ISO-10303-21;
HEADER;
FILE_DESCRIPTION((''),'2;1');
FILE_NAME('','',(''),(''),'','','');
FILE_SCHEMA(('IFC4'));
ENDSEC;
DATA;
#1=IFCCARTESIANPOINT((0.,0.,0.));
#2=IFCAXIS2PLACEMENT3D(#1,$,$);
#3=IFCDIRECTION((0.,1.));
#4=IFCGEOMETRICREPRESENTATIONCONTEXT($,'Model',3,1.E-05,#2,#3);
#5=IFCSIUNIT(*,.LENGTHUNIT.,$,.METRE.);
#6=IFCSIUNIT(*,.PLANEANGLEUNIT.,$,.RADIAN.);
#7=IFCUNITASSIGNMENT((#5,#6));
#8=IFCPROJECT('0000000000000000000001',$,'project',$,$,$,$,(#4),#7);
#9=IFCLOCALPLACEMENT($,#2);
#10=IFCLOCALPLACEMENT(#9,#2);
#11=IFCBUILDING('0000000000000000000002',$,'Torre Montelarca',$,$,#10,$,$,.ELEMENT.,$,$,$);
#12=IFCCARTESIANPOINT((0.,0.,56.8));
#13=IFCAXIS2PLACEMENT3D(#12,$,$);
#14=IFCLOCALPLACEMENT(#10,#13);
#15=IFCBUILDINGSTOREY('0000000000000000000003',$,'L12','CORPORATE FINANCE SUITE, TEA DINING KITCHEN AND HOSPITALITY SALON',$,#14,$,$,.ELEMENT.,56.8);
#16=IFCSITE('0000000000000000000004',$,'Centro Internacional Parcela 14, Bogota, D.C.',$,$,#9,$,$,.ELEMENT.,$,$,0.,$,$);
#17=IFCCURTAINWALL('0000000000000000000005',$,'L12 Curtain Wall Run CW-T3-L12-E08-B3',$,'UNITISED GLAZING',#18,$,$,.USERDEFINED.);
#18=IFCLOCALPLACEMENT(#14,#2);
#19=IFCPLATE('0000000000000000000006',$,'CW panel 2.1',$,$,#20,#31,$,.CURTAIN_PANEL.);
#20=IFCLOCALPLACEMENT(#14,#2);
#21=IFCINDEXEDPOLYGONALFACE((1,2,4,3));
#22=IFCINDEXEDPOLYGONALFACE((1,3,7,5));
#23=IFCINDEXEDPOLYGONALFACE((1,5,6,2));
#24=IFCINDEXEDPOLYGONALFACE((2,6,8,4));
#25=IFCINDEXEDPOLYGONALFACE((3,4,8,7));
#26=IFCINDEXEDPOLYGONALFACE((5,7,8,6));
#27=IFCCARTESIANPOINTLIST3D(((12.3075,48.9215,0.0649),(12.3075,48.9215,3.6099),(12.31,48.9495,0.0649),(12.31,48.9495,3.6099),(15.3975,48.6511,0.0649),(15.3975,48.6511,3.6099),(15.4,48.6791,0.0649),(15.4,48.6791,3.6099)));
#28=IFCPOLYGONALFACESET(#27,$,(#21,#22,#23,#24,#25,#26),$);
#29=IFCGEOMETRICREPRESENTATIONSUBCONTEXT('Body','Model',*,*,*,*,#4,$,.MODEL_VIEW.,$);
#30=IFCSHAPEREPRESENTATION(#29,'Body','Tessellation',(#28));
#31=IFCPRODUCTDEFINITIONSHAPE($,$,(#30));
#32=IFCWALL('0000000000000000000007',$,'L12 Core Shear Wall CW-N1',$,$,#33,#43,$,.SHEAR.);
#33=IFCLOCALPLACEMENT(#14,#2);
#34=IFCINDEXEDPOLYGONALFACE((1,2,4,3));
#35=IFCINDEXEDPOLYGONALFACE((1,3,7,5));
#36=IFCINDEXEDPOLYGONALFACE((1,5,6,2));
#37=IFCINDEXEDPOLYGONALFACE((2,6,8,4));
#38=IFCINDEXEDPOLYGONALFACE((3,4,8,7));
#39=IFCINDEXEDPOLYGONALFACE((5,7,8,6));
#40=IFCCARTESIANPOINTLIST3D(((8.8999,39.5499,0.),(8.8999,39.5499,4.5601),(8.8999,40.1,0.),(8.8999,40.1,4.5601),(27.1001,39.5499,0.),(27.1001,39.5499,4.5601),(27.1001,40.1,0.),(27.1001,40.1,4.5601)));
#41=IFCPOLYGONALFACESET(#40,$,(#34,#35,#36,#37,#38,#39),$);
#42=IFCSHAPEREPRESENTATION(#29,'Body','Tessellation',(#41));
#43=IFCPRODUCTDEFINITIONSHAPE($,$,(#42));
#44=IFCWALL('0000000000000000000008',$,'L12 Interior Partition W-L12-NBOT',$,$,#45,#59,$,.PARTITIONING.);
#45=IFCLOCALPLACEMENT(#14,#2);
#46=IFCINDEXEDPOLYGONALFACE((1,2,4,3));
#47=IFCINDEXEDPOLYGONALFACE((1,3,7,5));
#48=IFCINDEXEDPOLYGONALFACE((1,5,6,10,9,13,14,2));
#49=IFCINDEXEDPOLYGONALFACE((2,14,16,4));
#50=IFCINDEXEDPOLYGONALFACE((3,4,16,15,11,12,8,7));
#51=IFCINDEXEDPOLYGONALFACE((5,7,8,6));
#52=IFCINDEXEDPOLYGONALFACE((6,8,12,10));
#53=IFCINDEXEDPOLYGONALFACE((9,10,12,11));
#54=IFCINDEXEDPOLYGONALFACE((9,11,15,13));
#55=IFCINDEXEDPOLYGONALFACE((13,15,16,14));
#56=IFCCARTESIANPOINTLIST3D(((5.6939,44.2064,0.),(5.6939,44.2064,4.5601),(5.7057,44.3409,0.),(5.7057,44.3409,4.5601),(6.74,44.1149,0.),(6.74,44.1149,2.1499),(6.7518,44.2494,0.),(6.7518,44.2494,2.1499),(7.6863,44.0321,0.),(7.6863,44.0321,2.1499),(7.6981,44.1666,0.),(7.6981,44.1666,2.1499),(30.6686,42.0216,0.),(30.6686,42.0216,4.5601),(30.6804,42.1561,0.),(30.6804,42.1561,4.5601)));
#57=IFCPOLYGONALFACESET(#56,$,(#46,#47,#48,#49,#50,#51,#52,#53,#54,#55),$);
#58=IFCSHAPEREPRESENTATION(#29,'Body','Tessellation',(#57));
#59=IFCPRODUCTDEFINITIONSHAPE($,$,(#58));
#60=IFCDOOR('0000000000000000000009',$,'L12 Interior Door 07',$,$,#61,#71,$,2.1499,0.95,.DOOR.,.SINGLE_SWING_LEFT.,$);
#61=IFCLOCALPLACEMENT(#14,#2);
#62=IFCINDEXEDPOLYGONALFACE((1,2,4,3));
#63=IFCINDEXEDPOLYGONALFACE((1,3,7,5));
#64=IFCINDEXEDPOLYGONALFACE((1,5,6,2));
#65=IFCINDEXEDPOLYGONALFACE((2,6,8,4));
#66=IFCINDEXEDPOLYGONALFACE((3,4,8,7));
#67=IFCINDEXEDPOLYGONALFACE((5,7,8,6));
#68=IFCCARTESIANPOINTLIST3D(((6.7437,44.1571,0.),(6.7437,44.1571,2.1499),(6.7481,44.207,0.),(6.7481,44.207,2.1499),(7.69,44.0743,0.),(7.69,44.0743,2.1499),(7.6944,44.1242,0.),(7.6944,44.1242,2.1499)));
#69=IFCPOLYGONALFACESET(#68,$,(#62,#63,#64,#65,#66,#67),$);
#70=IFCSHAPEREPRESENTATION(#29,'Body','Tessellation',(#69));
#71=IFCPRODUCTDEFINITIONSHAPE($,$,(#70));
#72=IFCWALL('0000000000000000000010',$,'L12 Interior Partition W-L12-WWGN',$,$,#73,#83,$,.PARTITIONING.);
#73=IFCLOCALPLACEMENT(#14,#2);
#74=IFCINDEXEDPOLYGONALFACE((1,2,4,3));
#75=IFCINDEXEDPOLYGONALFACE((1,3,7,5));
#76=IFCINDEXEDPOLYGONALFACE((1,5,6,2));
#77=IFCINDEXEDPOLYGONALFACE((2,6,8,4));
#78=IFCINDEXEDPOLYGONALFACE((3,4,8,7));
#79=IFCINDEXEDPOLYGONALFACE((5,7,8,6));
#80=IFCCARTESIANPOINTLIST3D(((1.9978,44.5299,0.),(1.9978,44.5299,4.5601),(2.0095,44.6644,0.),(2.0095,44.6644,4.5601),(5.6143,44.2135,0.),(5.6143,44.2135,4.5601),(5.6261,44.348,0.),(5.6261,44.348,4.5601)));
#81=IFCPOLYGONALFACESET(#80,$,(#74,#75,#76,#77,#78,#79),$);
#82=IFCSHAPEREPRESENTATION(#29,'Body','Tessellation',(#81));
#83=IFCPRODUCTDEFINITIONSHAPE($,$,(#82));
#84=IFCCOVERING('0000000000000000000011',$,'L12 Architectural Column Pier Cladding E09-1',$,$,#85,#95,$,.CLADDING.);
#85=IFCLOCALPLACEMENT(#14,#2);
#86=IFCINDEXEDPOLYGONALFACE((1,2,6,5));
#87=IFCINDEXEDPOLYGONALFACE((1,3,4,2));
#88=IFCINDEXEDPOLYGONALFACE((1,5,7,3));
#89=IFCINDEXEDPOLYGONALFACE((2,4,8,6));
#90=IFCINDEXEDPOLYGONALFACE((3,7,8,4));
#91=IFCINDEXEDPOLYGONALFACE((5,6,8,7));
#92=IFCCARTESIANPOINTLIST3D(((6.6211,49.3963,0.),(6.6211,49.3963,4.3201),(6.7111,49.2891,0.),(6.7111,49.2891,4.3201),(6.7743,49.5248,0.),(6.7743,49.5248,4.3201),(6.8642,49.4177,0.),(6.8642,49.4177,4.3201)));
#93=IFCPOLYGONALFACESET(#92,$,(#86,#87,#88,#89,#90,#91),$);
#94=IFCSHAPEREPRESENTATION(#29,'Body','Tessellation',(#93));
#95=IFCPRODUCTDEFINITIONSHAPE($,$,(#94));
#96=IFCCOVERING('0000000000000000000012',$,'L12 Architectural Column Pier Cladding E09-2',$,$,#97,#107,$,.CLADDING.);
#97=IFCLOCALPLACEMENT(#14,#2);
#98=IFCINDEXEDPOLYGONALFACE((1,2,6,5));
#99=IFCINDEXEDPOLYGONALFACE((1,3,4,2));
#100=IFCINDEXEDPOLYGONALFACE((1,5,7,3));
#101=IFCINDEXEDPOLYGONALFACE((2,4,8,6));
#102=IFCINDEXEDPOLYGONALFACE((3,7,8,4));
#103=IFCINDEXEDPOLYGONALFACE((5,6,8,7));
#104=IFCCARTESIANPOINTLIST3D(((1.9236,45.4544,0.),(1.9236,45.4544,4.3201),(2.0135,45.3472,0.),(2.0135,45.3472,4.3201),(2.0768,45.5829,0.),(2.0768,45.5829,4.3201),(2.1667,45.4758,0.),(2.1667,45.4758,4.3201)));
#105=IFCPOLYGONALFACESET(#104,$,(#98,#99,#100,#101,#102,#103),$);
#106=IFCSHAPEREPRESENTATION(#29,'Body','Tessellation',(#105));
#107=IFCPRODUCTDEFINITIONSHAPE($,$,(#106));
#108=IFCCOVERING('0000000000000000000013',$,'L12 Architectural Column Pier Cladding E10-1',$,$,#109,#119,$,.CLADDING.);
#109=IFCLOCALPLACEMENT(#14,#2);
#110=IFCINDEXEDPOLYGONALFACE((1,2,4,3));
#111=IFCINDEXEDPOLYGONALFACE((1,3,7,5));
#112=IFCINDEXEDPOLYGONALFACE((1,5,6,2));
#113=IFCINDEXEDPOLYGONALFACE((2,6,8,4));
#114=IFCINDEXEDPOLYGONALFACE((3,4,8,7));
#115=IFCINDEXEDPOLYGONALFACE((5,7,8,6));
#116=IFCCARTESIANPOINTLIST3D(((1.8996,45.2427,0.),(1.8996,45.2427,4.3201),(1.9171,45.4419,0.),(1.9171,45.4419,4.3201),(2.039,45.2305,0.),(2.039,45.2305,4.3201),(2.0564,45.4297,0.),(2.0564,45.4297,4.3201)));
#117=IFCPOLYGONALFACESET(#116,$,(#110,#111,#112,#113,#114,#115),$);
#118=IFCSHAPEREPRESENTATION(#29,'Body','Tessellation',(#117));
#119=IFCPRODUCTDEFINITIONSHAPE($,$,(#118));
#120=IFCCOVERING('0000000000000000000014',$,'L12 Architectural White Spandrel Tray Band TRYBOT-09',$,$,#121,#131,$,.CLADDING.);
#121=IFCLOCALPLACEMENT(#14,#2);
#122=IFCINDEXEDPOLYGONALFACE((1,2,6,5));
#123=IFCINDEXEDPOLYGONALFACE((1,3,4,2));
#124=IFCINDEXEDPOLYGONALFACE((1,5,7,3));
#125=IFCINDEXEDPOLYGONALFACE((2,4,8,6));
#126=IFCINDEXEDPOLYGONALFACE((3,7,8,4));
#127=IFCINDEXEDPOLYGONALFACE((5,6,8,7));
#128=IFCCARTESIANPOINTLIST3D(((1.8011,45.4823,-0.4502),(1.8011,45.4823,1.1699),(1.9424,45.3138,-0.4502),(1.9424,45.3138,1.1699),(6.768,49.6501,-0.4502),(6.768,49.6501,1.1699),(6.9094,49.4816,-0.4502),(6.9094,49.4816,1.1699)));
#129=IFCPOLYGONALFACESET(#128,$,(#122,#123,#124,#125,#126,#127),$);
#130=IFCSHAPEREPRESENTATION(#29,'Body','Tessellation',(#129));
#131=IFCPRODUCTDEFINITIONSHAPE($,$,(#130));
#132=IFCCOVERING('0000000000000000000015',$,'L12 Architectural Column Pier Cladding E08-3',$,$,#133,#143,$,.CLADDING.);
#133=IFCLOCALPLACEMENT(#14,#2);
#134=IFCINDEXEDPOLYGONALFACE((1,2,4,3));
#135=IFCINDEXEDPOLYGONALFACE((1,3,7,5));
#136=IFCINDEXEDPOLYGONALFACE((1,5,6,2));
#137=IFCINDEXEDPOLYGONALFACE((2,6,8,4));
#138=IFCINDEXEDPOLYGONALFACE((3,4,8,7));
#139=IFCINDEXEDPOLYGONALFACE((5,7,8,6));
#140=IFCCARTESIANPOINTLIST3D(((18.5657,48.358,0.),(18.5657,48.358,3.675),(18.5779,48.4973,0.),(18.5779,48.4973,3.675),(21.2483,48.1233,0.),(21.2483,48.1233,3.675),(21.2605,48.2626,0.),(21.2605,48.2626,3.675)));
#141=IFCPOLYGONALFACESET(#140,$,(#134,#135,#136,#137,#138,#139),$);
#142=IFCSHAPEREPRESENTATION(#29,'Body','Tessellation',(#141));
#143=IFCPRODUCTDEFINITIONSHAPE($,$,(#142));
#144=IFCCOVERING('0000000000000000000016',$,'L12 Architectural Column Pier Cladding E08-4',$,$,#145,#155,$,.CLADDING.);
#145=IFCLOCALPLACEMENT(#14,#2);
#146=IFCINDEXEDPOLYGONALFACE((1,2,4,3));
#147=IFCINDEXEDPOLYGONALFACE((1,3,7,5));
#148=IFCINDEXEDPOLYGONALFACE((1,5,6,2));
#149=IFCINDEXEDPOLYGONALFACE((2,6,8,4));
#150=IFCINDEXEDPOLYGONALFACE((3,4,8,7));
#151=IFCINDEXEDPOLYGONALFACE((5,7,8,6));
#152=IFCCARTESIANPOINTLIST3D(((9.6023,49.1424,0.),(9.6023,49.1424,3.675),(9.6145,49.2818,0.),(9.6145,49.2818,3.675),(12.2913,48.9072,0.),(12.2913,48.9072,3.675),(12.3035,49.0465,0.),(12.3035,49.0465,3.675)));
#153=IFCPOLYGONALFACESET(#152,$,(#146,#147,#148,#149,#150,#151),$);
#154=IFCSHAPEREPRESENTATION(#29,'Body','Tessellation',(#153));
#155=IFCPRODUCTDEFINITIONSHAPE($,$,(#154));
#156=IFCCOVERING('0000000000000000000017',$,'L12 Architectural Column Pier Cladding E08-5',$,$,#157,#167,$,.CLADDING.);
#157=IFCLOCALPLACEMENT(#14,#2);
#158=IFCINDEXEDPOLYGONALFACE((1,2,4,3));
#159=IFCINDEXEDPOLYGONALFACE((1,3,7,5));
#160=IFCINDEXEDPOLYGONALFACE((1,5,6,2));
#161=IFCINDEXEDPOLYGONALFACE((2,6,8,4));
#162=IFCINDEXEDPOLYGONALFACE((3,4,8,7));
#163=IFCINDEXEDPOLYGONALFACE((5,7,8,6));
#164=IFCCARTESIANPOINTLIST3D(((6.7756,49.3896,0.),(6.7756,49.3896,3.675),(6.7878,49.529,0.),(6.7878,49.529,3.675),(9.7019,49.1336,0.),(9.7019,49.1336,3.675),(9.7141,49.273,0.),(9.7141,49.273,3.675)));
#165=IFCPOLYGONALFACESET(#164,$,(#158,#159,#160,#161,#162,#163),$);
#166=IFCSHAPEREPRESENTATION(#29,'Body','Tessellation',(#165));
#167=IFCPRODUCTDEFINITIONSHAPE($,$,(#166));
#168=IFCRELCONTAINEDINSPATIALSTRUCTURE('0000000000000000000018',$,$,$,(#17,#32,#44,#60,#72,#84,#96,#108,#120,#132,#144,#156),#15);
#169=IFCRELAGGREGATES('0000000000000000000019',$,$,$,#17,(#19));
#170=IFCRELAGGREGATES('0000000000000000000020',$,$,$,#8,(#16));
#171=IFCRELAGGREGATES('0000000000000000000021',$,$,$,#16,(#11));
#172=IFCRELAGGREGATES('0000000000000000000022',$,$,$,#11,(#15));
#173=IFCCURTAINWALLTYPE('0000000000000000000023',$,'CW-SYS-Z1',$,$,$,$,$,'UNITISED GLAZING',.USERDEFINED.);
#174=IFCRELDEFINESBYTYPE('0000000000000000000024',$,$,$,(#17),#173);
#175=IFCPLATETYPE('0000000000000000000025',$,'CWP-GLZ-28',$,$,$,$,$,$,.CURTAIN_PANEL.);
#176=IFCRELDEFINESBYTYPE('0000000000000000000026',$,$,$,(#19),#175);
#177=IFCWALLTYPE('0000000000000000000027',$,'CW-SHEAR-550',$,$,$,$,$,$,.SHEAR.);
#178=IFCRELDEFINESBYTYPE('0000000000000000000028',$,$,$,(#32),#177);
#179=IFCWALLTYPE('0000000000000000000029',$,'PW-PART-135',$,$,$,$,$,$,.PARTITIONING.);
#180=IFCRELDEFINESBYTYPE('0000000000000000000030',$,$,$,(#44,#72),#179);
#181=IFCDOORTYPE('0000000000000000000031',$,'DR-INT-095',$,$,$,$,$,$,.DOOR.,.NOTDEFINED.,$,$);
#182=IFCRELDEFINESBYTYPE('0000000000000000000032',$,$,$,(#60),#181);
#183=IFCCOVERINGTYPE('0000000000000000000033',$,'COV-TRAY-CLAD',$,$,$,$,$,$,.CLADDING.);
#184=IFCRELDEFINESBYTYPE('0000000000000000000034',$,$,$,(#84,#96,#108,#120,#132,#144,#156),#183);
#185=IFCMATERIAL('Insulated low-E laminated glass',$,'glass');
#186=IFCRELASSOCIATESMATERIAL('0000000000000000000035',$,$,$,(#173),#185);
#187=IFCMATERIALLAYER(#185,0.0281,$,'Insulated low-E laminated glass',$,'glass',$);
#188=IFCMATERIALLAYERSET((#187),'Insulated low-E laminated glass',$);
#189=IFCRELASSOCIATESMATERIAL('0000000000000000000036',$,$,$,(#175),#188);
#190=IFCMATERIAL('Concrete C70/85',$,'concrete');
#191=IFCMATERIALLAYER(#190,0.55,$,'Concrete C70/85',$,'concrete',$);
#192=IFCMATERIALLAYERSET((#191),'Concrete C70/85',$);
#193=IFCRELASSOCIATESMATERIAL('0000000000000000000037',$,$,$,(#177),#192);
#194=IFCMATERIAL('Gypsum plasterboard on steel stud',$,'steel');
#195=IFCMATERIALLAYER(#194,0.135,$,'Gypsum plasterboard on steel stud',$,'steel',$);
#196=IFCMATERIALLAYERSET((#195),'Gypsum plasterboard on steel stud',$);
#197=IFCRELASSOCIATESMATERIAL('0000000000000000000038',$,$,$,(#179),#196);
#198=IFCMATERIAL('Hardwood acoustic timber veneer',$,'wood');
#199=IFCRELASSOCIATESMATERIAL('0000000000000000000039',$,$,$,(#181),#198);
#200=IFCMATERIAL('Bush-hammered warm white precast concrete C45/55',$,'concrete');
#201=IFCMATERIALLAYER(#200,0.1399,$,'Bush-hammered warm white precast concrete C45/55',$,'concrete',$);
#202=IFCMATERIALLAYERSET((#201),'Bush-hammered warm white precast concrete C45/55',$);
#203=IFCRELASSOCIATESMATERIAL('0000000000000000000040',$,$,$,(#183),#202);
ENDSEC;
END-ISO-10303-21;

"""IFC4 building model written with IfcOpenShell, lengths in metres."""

from ifc_helpers import new_model, si_unit, direction, frame, frame_2d, origin, origin_2d, place, context, subcontext, project, spatial, rectangle, extrude, source, transform, mapped, material, layer, layer_set, type_object, element, fill, aggregate, save


model = new_model("IFC4")

# Units and contexts
model_context = context("Model", 3, precision=1e-05, world=origin(), true_north=direction((0.0, 1.0)))
body_context = subcontext(model_context, "Body", "Model", "MODEL_VIEW")
ifc_project = project(units=[si_unit("LENGTHUNIT", "METRE"), si_unit("PLANEANGLEUNIT", "RADIAN")], contexts=[model_context])

# Site, building, storey
site_placement = place(None, origin())
site = spatial("IfcSite", under=ifc_project, at=site_placement, Name="Centro Internacional Parcela 14, Bogota, D.C.", CompositionType="ELEMENT", RefElevation=0.0)
building_placement = place(site_placement, origin())
building = spatial("IfcBuilding", under=site, at=building_placement, Name="Torre Montelarca", CompositionType="ELEMENT")
storey_placement = place(building_placement, frame((0.0, 0.0, 56.8)))
storey = spatial("IfcBuildingStorey", under=building, at=storey_placement, Name="L12", Description="CORPORATE FINANCE SUITE, TEA DINING KITCHEN AND HOSPITALITY SALON", CompositionType="ELEMENT", Elevation=56.8)

# Shared definitions
ifc_material_1 = material(Name="Concrete C70/85", Category="concrete")

# Shared definitions
ifc_material_2 = material(Name="Insulated low-E laminated glass", Category="glass")
curtain_wall_type = type_object("IfcCurtainWallType", Name="CW-SYS-Z1", ElementType="UNITISED GLAZING", PredefinedType="USERDEFINED", material=ifc_material_2)

# Curtain wall
curtain_wall_1_placement = place(storey_placement, origin())
curtain_wall_1 = element("IfcCurtainWall", 1, at=curtain_wall_1_placement, inside=storey, type_object=curtain_wall_type, Name="L12 Curtain Wall Run CW-T3-L12-E08-B3", ObjectType="UNITISED GLAZING", PredefinedType="USERDEFINED")

# Plate
ifc_layer_1 = layer(ifc_material_2, 0.0281, Name="Insulated low-E laminated glass", Category="glass")
ifc_layer_set_1 = layer_set([ifc_layer_1], Name="Insulated low-E laminated glass")
plate_type = type_object("IfcPlateType", Name="CWP-GLZ-28", PredefinedType="CURTAIN_PANEL", material=ifc_layer_set_1)
shared_shape_1 = source(origin(), body_context, "Body", "SweptSolid", [
    extrude(rectangle(XDim=3.1018, YDim=0.0281, at=origin_2d()), origin(), (0.0, 0.0, 1.0), 3.5449),
])
plate_1_placement = place(storey_placement, frame((13.8538, 48.8003, 0.0649), z_axis=(0.0, 0.0, 1.0), x_axis=(-0.996194, 0.08716, 0.0)))
plate_1 = element("IfcPlate", 2, at=plate_1_placement, type_object=plate_type, Name="CW panel 2.1", PredefinedType="CURTAIN_PANEL", context=body_context, shape_type="MappedRepresentation", body=[
    mapped(shared_shape_1, transform((0.0, 0.0, 0.0), scale=1.0)),
])
aggregate(curtain_wall_1, [plate_1])

# Wall
ifc_layer_2 = layer(ifc_material_1, 0.55, Name="Concrete C70/85", Category="concrete")
ifc_layer_set_2 = layer_set([ifc_layer_2], Name="Concrete C70/85")
wall_type_1 = type_object("IfcWallType", Name="CW-SHEAR-550", PredefinedType="SHEAR", material=ifc_layer_set_2)
wall_1_placement = place(storey_placement, frame((8.8999, 39.825, 0.0), z_axis=(0.0, 0.0, 1.0), x_axis=(1.0, 0.0, 0.0)))
element("IfcWall", 3, at=wall_1_placement, inside=storey, type_object=wall_type_1, Name="L12 Core Shear Wall CW-N1", PredefinedType="SHEAR", context=body_context, shape_type="SweptSolid", body=[
    extrude(rectangle(XDim=18.2002, YDim=0.55, at=frame_2d((9.1001, 0.0))), origin(), (0.0, 0.0, 1.0), 4.5601),
])

# Wall, opening, door
ifc_material_3 = material(Name="Gypsum plasterboard on steel stud", Category="steel")
ifc_layer_3 = layer(ifc_material_3, 0.135, Name="Gypsum plasterboard on steel stud", Category="steel")
ifc_layer_set_3 = layer_set([ifc_layer_3], Name="Gypsum plasterboard on steel stud")
wall_type_2 = type_object("IfcWallType", Name="PW-PART-135", PredefinedType="PARTITIONING", material=ifc_layer_set_3)
wall_2_placement = place(storey_placement, frame((5.6997, 44.2737, 0.0), z_axis=(0.0, 0.0, 1.0), x_axis=(0.996195, -0.087149, 0.0)))
wall_2 = element("IfcWall", 4, at=wall_2_placement, inside=storey, type_object=wall_type_2, Name="L12 Interior Partition W-L12-NBOT", PredefinedType="PARTITIONING", context=body_context, shape_type="SweptSolid", body=[
    extrude(rectangle(XDim=25.0701, YDim=0.135, at=frame_2d((12.5352, 0.0))), origin(), (0.0, 0.0, 1.0), 4.5601),
])
opening_placement = place(wall_2_placement, frame((1.05, 0.0, 0.0)))
opening = element("IfcOpeningElement", 5, at=opening_placement, cuts=wall_2, PredefinedType="OPENING", context=body_context, shape_type="SweptSolid", body=[
    extrude(rectangle(XDim=0.95, YDim=2.1499, at=frame_2d((0.4751, 1.075))), frame((0.0, 0.0776, 0.0), z_axis=(0.0, -1.0, 0.0), x_axis=(1.0, 0.0, 0.0)), (0.0, 0.0, 1.0), 0.155),
])
ifc_material_4 = material(Name="Hardwood acoustic timber veneer", Category="wood")
door_type = type_object("IfcDoorType", Name="DR-INT-095", OperationType="NOTDEFINED", PredefinedType="DOOR", material=ifc_material_4)
shared_shape_2 = source(origin(), body_context, "Body", "SweptSolid", [
    extrude(rectangle(XDim=0.95, YDim=2.1499, at=frame_2d((0.4751, 1.075))), frame((0.0, 0.0249, 0.0), z_axis=(0.0, -1.0, 0.0), x_axis=(1.0, 0.0, 0.0)), (0.0, 0.0, 1.0), 0.05),
])
door_placement = place(opening_placement, origin())
door = element("IfcDoor", 6, at=door_placement, inside=storey, type_object=door_type, Name="L12 Interior Door 07", OperationType="SINGLE_SWING_LEFT", OverallHeight=2.1499, OverallWidth=0.95, PredefinedType="DOOR", context=body_context, shape_type="MappedRepresentation", body=[
    mapped(shared_shape_2, transform((0.0, 0.0, 0.0), scale=1.0)),
])
fill(opening, door)

# Wall
wall_3_placement = place(storey_placement, frame((2.0037, 44.5972, 0.0), z_axis=(0.0, 0.0, 1.0), x_axis=(0.996195, -0.087158, 0.0)))
element("IfcWall", 7, at=wall_3_placement, inside=storey, type_object=wall_type_2, Name="L12 Interior Partition W-L12-WWGN", PredefinedType="PARTITIONING", context=body_context, shape_type="SweptSolid", body=[
    extrude(rectangle(XDim=3.6304, YDim=0.135, at=frame_2d((1.8152, 0.0))), origin(), (0.0, 0.0, 1.0), 4.5601),
])

# Coverings
ifc_material_5 = material(Name="Bush-hammered warm white precast concrete C45/55", Category="concrete")
ifc_layer_4 = layer(ifc_material_5, 0.1399, Name="Bush-hammered warm white precast concrete C45/55", Category="concrete")
ifc_layer_set_4 = layer_set([ifc_layer_4], Name="Bush-hammered warm white precast concrete C45/55")
covering_type = type_object("IfcCoveringType", Name="COV-TRAY-CLAD", PredefinedType="CLADDING", material=ifc_layer_set_4)
shared_shape_3 = source(origin(), body_context, "Body", "SweptSolid", [
    extrude(rectangle(XDim=0.2, YDim=0.1399, at=origin_2d()), origin(), (0.0, 0.0, 1.0), 4.3201),
])
for number, where, z_axis, x_axis, name in (
    (8, (6.7427, 49.407, 0.0), (0.0, 0.0, 1.0), (-0.766039, -0.642794, 0.0), "L12 Architectural Column Pier Cladding E09-1"),
    (9, (2.0452, 45.4651, 0.0), (0.0, 0.0, 1.0), (-0.766039, -0.642794, 0.0), "L12 Architectural Column Pier Cladding E09-2"),
    (10, (1.978, 45.3362, 0.0), (0.0, 0.0, 1.0), (-0.087161, -0.996194, 0.0), "L12 Architectural Column Pier Cladding E10-1"),
):
    element("IfcCovering", number, at=place(storey_placement, frame(where, z_axis=z_axis, x_axis=x_axis)), inside=storey, type_object=covering_type, Name=name, PredefinedType="CLADDING", context=body_context, shape_type="MappedRepresentation", body=[
        mapped(shared_shape_3, transform((0.0, 0.0, 0.0), scale=1.0)),
    ])
shared_shape_4 = source(origin(), body_context, "Body", "SweptSolid", [
    extrude(rectangle(XDim=6.4839, YDim=0.22, at=origin_2d()), origin(), (0.0, 0.0, 1.0), 1.6201),
])
covering_1_placement = place(storey_placement, frame((4.3552, 47.4819, -0.4502), z_axis=(0.0, 0.0, 1.0), x_axis=(-0.766044, -0.642788, 0.0)))
element("IfcCovering", 11, at=covering_1_placement, inside=storey, type_object=covering_type, Name="L12 Architectural White Spandrel Tray Band TRYBOT-09", PredefinedType="CLADDING", context=body_context, shape_type="MappedRepresentation", body=[
    mapped(shared_shape_4, transform((0.0, 0.0, 0.0), scale=1.0)),
])
shared_shape_5 = source(origin(), body_context, "Body", "SweptSolid", [
    extrude(rectangle(XDim=2.6929, YDim=0.1399, at=origin_2d()), origin(), (0.0, 0.0, 1.0), 3.675),
])
covering_2_placement = place(storey_placement, frame((19.9131, 48.3103, 0.0), z_axis=(0.0, 0.0, 1.0), x_axis=(-0.996195, 0.087157, 0.0)))
element("IfcCovering", 12, at=covering_2_placement, inside=storey, type_object=covering_type, Name="L12 Architectural Column Pier Cladding E08-3", PredefinedType="CLADDING", context=body_context, shape_type="MappedRepresentation", body=[
    mapped(shared_shape_5, transform((0.0, 0.0, 0.0), scale=1.0)),
])
shared_shape_6 = source(origin(), body_context, "Body", "SweptSolid", [
    extrude(rectangle(XDim=2.6992, YDim=0.1399, at=origin_2d()), origin(), (0.0, 0.0, 1.0), 3.675),
])
covering_3_placement = place(storey_placement, frame((10.9529, 49.0945, 0.0), z_axis=(0.0, 0.0, 1.0), x_axis=(-0.996195, 0.087157, 0.0)))
element("IfcCovering", 13, at=covering_3_placement, inside=storey, type_object=covering_type, Name="L12 Architectural Column Pier Cladding E08-4", PredefinedType="CLADDING", context=body_context, shape_type="MappedRepresentation", body=[
    mapped(shared_shape_6, transform((0.0, 0.0, 0.0), scale=1.0)),
])
shared_shape_7 = source(origin(), body_context, "Body", "SweptSolid", [
    extrude(rectangle(XDim=2.9375, YDim=0.1399, at=origin_2d()), origin(), (0.0, 0.0, 1.0), 3.675),
])
covering_4_placement = place(storey_placement, frame((8.2449, 49.3313, 0.0), z_axis=(0.0, 0.0, 1.0), x_axis=(-0.996195, 0.087157, 0.0)))
element("IfcCovering", 14, at=covering_4_placement, inside=storey, type_object=covering_type, Name="L12 Architectural Column Pier Cladding E08-5", PredefinedType="CLADDING", context=body_context, shape_type="MappedRepresentation", body=[
    mapped(shared_shape_7, transform((0.0, 0.0, 0.0), scale=1.0)),
])

save(model, "model.ifc")
